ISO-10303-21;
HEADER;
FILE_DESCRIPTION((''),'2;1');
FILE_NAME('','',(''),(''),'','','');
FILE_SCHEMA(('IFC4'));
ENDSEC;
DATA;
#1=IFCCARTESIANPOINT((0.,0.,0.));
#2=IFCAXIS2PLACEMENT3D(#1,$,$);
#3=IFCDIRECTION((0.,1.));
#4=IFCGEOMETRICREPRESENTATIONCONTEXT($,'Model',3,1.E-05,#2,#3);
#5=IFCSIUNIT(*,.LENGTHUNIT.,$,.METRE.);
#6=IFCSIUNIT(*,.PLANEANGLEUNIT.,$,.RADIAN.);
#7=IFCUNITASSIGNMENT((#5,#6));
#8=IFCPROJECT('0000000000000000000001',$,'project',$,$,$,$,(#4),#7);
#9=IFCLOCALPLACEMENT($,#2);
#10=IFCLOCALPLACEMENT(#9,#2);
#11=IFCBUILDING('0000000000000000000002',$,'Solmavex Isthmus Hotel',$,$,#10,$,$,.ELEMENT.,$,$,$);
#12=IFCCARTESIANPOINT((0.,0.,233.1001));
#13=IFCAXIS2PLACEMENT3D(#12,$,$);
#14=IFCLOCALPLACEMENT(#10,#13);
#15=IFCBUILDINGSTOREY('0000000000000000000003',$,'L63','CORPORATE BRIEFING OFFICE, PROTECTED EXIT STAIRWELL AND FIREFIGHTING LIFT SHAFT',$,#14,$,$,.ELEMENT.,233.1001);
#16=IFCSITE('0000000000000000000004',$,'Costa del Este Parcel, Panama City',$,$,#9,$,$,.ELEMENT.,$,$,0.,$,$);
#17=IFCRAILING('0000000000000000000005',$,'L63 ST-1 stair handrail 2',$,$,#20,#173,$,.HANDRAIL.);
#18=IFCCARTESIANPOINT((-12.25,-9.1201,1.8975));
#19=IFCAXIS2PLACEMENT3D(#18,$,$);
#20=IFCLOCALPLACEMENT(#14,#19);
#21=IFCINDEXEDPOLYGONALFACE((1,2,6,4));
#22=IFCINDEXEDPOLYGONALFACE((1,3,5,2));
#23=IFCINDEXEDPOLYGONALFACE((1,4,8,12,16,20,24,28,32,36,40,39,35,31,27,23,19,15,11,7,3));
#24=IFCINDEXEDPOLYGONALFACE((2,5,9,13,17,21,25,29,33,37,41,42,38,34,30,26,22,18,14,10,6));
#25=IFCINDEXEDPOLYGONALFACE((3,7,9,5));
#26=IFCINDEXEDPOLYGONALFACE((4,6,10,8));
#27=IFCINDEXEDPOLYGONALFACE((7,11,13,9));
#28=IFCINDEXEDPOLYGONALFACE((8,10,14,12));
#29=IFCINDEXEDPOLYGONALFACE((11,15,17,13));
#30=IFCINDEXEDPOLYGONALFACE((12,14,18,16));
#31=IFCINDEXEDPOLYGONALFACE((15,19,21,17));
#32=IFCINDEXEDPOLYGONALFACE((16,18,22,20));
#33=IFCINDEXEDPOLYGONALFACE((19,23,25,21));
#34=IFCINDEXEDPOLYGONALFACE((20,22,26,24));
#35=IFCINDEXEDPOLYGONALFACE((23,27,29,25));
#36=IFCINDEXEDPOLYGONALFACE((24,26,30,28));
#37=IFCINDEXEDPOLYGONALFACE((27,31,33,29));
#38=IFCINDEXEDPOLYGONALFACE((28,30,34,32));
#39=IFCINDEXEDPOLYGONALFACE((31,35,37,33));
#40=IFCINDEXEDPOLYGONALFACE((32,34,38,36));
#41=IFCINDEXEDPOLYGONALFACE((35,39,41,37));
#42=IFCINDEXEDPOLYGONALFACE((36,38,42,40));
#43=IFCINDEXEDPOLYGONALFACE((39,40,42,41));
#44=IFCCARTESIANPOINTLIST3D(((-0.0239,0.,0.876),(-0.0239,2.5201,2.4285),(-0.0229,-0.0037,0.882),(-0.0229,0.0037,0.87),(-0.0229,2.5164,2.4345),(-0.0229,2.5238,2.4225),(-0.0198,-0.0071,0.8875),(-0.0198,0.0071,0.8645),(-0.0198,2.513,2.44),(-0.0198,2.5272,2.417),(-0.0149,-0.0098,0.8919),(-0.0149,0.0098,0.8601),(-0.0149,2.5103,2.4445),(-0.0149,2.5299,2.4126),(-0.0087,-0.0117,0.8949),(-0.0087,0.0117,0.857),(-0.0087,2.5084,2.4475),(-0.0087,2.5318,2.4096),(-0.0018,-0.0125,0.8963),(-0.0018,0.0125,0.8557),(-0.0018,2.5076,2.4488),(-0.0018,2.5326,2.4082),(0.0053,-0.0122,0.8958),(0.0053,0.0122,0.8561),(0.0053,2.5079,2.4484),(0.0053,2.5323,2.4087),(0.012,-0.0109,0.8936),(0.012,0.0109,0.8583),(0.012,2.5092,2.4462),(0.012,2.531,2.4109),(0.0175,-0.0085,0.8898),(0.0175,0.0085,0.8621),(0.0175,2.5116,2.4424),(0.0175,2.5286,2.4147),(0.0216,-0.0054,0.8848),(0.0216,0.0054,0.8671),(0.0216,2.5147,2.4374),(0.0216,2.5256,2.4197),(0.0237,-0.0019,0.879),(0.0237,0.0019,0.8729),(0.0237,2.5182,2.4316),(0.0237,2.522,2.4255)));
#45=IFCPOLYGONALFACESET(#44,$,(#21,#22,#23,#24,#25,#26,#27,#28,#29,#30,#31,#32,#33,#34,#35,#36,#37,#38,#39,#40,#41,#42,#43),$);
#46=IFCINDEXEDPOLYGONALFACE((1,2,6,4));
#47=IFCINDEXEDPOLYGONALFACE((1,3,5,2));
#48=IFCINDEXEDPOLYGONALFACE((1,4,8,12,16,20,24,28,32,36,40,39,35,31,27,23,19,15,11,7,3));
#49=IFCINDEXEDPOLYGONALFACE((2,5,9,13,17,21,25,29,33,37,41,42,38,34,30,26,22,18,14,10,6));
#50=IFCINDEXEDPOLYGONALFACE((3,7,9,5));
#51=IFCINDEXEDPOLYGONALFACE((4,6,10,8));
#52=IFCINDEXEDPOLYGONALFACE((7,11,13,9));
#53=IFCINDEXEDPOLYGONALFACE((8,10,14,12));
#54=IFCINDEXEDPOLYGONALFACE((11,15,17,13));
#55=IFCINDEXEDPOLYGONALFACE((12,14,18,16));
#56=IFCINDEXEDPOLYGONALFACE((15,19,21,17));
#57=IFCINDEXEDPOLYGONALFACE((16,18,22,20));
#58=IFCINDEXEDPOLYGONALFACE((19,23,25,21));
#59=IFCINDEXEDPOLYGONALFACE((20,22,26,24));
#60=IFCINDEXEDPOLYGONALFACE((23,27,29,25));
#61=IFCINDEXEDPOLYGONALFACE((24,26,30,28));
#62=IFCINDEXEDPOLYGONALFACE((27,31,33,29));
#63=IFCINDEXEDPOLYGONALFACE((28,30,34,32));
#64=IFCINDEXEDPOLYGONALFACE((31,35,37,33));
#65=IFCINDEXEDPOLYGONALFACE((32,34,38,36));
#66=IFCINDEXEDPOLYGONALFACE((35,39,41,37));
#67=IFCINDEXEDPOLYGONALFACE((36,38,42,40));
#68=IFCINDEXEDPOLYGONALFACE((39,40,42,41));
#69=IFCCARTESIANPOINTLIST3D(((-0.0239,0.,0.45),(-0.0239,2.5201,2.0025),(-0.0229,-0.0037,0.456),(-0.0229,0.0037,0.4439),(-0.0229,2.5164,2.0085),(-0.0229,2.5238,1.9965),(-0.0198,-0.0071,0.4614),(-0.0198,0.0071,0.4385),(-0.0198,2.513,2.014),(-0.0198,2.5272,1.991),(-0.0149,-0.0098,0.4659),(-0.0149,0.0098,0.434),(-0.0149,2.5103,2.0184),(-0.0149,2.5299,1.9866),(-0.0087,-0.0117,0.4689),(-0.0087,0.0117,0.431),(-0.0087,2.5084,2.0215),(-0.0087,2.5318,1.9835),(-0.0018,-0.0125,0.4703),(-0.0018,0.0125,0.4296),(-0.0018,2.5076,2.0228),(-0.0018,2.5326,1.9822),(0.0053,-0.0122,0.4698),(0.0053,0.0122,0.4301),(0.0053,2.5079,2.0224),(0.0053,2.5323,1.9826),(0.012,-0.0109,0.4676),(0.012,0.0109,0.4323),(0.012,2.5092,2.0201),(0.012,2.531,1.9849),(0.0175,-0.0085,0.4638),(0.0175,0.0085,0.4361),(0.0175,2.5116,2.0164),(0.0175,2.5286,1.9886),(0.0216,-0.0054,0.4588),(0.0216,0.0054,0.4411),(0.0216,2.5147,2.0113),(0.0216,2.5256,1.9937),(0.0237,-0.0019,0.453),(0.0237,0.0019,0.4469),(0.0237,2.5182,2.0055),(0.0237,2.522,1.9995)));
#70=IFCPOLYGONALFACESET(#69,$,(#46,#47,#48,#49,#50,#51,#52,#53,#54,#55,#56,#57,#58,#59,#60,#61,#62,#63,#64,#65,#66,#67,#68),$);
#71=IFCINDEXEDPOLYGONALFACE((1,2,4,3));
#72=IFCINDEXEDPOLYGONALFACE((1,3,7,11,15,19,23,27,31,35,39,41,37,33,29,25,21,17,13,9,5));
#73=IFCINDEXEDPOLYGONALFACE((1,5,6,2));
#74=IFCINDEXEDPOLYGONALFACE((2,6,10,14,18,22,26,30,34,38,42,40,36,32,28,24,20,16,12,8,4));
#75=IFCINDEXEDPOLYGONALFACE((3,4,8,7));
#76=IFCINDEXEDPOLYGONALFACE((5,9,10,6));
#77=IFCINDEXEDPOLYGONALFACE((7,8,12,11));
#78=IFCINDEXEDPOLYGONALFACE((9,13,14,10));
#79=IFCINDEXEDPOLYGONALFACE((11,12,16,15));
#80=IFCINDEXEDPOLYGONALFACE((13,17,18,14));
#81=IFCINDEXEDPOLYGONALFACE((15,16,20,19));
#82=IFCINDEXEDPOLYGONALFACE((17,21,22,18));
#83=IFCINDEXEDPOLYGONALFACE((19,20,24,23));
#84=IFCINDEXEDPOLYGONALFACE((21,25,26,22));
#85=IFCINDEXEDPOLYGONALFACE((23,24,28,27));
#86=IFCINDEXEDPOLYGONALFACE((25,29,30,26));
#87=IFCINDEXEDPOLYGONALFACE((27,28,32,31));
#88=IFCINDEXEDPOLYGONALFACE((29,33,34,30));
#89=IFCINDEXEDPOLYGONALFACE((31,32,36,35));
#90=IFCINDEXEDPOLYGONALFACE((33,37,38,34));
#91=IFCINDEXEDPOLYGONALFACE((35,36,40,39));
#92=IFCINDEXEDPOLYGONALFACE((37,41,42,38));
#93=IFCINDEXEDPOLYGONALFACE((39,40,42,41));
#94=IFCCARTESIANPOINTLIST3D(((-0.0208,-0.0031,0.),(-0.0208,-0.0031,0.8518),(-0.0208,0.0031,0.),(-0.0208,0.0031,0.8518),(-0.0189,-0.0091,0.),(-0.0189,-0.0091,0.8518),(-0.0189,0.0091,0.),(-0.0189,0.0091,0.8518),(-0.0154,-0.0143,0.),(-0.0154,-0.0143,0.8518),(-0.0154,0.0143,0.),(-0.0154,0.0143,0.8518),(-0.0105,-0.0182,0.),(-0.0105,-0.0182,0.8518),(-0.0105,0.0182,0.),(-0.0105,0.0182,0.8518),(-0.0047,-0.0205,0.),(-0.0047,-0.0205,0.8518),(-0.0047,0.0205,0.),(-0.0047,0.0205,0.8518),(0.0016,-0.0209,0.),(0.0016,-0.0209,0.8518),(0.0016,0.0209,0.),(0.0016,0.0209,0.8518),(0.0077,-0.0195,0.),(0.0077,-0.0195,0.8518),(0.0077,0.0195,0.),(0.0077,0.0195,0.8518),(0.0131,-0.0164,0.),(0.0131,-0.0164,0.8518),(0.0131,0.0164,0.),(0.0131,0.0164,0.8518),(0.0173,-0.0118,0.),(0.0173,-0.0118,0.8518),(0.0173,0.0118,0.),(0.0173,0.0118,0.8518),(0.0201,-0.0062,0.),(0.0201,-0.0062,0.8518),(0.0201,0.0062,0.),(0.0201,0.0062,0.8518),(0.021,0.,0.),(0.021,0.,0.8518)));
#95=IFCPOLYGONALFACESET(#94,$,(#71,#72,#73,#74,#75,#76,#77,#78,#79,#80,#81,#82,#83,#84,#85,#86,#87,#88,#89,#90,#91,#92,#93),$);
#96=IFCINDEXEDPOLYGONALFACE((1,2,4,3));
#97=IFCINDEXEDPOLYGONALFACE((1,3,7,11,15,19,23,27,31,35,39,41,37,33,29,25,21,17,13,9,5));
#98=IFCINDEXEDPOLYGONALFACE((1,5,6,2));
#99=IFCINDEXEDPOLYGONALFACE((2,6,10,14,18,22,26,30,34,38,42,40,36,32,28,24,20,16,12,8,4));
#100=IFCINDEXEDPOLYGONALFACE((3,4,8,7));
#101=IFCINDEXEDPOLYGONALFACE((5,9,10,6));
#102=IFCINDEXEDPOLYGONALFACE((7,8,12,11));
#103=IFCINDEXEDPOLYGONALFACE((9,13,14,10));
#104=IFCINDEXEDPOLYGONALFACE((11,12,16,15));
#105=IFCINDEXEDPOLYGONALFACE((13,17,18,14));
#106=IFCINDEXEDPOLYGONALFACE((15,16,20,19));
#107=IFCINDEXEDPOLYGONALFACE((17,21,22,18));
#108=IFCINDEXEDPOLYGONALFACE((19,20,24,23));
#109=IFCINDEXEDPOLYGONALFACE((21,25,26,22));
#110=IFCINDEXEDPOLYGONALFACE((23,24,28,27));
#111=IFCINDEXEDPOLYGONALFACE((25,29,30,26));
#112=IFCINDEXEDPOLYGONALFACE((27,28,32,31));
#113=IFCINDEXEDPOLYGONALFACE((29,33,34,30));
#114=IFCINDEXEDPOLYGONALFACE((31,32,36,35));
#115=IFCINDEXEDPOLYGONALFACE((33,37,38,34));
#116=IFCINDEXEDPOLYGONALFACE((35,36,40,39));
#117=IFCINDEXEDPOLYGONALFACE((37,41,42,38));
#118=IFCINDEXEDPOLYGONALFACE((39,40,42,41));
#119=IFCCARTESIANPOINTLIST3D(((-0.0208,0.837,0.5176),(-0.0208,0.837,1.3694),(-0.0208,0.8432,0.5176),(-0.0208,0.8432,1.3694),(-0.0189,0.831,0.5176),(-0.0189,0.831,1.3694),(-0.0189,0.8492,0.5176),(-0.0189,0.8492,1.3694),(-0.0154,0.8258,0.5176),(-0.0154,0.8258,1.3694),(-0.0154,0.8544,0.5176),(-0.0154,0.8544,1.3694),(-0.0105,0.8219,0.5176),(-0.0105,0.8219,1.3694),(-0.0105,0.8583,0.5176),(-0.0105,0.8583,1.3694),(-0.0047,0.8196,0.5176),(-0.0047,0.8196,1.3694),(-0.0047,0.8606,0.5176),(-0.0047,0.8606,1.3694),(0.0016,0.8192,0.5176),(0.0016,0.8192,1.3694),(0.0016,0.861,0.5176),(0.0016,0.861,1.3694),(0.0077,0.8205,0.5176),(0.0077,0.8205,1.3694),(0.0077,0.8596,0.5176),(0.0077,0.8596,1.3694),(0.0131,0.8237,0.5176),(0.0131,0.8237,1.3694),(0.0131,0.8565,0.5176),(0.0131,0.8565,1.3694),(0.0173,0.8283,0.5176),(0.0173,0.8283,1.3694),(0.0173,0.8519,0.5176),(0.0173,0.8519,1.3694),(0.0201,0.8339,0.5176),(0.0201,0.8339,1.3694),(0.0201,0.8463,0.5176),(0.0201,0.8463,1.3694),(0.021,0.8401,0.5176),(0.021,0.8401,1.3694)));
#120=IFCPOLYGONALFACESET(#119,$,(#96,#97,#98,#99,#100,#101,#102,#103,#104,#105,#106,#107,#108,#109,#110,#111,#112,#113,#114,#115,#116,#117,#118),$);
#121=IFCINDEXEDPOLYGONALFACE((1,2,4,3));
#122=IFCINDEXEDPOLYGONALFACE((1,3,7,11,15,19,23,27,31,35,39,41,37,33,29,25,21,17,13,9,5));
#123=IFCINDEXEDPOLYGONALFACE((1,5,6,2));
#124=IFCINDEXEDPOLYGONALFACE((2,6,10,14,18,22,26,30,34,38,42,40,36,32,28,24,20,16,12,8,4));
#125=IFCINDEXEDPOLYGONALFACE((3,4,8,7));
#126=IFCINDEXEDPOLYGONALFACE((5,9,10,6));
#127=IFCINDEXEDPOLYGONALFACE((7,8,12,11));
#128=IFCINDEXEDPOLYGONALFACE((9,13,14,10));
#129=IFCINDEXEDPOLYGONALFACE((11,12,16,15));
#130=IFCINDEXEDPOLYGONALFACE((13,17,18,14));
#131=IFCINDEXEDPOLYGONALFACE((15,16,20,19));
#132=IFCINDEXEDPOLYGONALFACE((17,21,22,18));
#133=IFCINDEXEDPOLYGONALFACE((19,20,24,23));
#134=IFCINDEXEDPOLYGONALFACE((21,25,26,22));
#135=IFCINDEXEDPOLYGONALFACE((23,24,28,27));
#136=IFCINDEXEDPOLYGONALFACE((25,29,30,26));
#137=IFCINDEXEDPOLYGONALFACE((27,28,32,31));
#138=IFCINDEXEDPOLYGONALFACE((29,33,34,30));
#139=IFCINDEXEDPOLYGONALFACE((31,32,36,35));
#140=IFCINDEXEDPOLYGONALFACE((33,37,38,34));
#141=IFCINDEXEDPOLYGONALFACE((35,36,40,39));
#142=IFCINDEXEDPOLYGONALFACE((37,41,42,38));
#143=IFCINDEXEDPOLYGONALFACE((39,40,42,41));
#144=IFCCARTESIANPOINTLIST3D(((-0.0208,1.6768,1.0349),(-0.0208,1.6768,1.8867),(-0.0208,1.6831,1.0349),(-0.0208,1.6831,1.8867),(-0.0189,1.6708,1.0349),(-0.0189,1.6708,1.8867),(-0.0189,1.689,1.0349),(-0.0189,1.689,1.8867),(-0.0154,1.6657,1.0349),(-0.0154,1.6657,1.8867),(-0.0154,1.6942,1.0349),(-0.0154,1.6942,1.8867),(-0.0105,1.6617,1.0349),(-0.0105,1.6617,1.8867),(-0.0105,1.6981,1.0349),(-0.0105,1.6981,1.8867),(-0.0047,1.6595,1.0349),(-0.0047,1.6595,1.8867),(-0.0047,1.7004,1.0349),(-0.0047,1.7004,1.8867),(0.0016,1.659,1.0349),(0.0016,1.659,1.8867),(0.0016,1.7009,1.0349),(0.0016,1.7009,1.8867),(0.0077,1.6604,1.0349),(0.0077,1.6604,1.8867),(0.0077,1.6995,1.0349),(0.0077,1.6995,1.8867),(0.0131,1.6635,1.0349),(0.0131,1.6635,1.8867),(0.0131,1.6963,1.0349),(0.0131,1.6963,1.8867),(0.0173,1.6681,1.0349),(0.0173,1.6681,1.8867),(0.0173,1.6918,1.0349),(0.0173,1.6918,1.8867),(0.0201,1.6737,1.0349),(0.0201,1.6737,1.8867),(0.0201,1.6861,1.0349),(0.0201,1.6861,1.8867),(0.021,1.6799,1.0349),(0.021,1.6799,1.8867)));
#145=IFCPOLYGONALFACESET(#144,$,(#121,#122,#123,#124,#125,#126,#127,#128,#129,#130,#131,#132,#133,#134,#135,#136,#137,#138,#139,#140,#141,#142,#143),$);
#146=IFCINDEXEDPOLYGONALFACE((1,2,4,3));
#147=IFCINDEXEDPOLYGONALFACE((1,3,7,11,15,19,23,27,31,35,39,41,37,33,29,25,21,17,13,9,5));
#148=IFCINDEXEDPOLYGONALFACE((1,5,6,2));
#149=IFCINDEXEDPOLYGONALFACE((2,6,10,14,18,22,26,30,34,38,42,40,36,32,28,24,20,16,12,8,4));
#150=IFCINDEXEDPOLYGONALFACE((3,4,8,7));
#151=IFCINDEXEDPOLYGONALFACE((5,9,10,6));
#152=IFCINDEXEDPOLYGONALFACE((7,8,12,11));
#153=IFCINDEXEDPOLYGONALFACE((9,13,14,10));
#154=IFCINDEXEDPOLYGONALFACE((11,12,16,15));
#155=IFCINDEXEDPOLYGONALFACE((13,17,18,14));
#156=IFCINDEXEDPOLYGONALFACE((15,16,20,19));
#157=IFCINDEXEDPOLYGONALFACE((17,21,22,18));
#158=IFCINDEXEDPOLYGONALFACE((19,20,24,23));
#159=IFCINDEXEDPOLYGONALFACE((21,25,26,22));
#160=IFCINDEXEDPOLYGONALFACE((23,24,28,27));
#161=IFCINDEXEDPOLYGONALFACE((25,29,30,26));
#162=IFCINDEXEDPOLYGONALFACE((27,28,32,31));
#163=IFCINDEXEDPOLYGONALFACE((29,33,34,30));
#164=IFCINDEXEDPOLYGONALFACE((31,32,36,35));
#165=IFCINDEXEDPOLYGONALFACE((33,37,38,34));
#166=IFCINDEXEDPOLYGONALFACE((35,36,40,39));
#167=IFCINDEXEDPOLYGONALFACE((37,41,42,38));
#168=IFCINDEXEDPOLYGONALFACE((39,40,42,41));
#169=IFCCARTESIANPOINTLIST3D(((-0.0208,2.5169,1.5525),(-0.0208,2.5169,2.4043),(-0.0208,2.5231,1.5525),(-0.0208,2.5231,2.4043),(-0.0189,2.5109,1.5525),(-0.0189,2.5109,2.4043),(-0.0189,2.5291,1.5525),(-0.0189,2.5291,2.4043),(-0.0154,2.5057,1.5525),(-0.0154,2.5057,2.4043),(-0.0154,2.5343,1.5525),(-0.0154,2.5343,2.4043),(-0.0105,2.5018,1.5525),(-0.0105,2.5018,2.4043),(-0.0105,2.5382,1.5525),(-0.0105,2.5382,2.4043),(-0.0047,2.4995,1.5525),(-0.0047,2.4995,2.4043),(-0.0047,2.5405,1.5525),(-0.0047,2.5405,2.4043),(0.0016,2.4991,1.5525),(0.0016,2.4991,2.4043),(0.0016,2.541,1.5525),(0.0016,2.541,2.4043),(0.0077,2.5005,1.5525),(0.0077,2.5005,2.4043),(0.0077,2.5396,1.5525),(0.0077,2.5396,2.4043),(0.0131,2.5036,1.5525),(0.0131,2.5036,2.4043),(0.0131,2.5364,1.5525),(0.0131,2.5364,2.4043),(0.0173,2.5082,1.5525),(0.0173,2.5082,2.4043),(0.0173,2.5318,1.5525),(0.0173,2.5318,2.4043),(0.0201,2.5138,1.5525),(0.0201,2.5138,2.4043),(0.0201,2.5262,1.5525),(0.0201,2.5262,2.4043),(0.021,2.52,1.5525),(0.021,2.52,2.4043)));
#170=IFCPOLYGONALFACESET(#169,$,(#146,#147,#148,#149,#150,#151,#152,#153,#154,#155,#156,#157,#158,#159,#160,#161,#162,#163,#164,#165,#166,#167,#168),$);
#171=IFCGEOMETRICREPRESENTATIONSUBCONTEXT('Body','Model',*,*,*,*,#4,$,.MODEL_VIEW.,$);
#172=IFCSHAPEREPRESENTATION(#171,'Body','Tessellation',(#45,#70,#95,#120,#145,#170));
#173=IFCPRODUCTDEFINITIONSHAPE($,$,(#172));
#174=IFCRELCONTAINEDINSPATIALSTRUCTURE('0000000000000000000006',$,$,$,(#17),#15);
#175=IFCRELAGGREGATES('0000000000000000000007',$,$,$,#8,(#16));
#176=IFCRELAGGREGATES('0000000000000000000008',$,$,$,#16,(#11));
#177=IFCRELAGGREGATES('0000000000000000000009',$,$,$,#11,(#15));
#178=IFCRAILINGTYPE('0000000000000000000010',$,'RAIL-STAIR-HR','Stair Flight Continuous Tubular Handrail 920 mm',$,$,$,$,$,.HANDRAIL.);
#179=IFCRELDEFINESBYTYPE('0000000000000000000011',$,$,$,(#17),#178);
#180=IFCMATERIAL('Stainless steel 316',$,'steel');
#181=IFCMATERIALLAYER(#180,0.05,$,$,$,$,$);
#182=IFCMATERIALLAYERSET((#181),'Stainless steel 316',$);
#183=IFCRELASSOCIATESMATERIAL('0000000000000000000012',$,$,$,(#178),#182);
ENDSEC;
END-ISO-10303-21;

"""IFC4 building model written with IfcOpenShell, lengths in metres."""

from ifc_helpers import new_model, si_unit, direction, frame, origin, origin_2d, place, context, subcontext, project, spatial, circle, extrude, material, layer, layer_set, type_object, element, save


model = new_model("IFC4")

# Units and contexts
model_context = context("Model", 3, precision=1e-05, world=origin(), true_north=direction((0.0, 1.0)))
body_context = subcontext(model_context, "Body", "Model", "MODEL_VIEW")
ifc_project = project(units=[si_unit("LENGTHUNIT", "METRE"), si_unit("PLANEANGLEUNIT", "RADIAN")], contexts=[model_context])

# Site, building, storey
site_placement = place(None, origin())
site = spatial("IfcSite", under=ifc_project, at=site_placement, Name="Costa del Este Parcel, Panama City", CompositionType="ELEMENT", RefElevation=0.0)
building_placement = place(site_placement, origin())
building = spatial("IfcBuilding", under=site, at=building_placement, Name="Solmavex Isthmus Hotel", CompositionType="ELEMENT")
storey_placement = place(building_placement, frame((0.0, 0.0, 233.1001)))
storey = spatial("IfcBuildingStorey", under=building, at=storey_placement, Name="L63", Description="CORPORATE BRIEFING OFFICE, PROTECTED EXIT STAIRWELL AND FIREFIGHTING LIFT SHAFT", CompositionType="ELEMENT", Elevation=233.1001)

# Shared definitions
ifc_material_1 = material(Name="Stainless steel 316", Category="steel")

# Railing
ifc_layer_1 = layer(ifc_material_1, 0.05)
ifc_layer_set_1 = layer_set([ifc_layer_1], Name="Stainless steel 316")
railing_type = type_object("IfcRailingType", Name="RAIL-STAIR-HR", Description="Stair Flight Continuous Tubular Handrail 920 mm", PredefinedType="HANDRAIL", material=ifc_layer_set_1)
railing_placement = place(storey_placement, frame((-12.25, -9.1201, 1.8975)))
element("IfcRailing", 1, at=railing_placement, inside=storey, type_object=railing_type, Name="L63 ST-1 stair handrail 2", PredefinedType="HANDRAIL", context=body_context, shape_type="SweptSolid", body=[
    extrude(circle(Radius=0.0239, at=origin_2d()), frame((0.0, 0.0, 0.876), z_axis=(0.0, 0.8514, 0.524516), x_axis=(-1.0, 0.0, 0.0)), (0.0, 0.0, 1.0), 2.96),
    extrude(circle(Radius=0.0239, at=origin_2d()), frame((0.0, 0.0, 0.45), z_axis=(0.0, 0.8514, 0.524516), x_axis=(-1.0, 0.0, 0.0)), (0.0, 0.0, 1.0), 2.96),
    extrude(circle(Radius=0.021, at=origin_2d()), origin(), (0.0, 0.0, 1.0), 0.8518),
    extrude(circle(Radius=0.021, at=origin_2d()), frame((0.0, 0.8401, 0.5176)), (0.0, 0.0, 1.0), 0.8518),
    extrude(circle(Radius=0.021, at=origin_2d()), frame((0.0, 1.6799, 1.0349)), (0.0, 0.0, 1.0), 0.8518),
    extrude(circle(Radius=0.021, at=origin_2d()), frame((0.0, 2.52, 1.5525)), (0.0, 0.0, 1.0), 0.8518),
])

save(model, "model.ifc")
